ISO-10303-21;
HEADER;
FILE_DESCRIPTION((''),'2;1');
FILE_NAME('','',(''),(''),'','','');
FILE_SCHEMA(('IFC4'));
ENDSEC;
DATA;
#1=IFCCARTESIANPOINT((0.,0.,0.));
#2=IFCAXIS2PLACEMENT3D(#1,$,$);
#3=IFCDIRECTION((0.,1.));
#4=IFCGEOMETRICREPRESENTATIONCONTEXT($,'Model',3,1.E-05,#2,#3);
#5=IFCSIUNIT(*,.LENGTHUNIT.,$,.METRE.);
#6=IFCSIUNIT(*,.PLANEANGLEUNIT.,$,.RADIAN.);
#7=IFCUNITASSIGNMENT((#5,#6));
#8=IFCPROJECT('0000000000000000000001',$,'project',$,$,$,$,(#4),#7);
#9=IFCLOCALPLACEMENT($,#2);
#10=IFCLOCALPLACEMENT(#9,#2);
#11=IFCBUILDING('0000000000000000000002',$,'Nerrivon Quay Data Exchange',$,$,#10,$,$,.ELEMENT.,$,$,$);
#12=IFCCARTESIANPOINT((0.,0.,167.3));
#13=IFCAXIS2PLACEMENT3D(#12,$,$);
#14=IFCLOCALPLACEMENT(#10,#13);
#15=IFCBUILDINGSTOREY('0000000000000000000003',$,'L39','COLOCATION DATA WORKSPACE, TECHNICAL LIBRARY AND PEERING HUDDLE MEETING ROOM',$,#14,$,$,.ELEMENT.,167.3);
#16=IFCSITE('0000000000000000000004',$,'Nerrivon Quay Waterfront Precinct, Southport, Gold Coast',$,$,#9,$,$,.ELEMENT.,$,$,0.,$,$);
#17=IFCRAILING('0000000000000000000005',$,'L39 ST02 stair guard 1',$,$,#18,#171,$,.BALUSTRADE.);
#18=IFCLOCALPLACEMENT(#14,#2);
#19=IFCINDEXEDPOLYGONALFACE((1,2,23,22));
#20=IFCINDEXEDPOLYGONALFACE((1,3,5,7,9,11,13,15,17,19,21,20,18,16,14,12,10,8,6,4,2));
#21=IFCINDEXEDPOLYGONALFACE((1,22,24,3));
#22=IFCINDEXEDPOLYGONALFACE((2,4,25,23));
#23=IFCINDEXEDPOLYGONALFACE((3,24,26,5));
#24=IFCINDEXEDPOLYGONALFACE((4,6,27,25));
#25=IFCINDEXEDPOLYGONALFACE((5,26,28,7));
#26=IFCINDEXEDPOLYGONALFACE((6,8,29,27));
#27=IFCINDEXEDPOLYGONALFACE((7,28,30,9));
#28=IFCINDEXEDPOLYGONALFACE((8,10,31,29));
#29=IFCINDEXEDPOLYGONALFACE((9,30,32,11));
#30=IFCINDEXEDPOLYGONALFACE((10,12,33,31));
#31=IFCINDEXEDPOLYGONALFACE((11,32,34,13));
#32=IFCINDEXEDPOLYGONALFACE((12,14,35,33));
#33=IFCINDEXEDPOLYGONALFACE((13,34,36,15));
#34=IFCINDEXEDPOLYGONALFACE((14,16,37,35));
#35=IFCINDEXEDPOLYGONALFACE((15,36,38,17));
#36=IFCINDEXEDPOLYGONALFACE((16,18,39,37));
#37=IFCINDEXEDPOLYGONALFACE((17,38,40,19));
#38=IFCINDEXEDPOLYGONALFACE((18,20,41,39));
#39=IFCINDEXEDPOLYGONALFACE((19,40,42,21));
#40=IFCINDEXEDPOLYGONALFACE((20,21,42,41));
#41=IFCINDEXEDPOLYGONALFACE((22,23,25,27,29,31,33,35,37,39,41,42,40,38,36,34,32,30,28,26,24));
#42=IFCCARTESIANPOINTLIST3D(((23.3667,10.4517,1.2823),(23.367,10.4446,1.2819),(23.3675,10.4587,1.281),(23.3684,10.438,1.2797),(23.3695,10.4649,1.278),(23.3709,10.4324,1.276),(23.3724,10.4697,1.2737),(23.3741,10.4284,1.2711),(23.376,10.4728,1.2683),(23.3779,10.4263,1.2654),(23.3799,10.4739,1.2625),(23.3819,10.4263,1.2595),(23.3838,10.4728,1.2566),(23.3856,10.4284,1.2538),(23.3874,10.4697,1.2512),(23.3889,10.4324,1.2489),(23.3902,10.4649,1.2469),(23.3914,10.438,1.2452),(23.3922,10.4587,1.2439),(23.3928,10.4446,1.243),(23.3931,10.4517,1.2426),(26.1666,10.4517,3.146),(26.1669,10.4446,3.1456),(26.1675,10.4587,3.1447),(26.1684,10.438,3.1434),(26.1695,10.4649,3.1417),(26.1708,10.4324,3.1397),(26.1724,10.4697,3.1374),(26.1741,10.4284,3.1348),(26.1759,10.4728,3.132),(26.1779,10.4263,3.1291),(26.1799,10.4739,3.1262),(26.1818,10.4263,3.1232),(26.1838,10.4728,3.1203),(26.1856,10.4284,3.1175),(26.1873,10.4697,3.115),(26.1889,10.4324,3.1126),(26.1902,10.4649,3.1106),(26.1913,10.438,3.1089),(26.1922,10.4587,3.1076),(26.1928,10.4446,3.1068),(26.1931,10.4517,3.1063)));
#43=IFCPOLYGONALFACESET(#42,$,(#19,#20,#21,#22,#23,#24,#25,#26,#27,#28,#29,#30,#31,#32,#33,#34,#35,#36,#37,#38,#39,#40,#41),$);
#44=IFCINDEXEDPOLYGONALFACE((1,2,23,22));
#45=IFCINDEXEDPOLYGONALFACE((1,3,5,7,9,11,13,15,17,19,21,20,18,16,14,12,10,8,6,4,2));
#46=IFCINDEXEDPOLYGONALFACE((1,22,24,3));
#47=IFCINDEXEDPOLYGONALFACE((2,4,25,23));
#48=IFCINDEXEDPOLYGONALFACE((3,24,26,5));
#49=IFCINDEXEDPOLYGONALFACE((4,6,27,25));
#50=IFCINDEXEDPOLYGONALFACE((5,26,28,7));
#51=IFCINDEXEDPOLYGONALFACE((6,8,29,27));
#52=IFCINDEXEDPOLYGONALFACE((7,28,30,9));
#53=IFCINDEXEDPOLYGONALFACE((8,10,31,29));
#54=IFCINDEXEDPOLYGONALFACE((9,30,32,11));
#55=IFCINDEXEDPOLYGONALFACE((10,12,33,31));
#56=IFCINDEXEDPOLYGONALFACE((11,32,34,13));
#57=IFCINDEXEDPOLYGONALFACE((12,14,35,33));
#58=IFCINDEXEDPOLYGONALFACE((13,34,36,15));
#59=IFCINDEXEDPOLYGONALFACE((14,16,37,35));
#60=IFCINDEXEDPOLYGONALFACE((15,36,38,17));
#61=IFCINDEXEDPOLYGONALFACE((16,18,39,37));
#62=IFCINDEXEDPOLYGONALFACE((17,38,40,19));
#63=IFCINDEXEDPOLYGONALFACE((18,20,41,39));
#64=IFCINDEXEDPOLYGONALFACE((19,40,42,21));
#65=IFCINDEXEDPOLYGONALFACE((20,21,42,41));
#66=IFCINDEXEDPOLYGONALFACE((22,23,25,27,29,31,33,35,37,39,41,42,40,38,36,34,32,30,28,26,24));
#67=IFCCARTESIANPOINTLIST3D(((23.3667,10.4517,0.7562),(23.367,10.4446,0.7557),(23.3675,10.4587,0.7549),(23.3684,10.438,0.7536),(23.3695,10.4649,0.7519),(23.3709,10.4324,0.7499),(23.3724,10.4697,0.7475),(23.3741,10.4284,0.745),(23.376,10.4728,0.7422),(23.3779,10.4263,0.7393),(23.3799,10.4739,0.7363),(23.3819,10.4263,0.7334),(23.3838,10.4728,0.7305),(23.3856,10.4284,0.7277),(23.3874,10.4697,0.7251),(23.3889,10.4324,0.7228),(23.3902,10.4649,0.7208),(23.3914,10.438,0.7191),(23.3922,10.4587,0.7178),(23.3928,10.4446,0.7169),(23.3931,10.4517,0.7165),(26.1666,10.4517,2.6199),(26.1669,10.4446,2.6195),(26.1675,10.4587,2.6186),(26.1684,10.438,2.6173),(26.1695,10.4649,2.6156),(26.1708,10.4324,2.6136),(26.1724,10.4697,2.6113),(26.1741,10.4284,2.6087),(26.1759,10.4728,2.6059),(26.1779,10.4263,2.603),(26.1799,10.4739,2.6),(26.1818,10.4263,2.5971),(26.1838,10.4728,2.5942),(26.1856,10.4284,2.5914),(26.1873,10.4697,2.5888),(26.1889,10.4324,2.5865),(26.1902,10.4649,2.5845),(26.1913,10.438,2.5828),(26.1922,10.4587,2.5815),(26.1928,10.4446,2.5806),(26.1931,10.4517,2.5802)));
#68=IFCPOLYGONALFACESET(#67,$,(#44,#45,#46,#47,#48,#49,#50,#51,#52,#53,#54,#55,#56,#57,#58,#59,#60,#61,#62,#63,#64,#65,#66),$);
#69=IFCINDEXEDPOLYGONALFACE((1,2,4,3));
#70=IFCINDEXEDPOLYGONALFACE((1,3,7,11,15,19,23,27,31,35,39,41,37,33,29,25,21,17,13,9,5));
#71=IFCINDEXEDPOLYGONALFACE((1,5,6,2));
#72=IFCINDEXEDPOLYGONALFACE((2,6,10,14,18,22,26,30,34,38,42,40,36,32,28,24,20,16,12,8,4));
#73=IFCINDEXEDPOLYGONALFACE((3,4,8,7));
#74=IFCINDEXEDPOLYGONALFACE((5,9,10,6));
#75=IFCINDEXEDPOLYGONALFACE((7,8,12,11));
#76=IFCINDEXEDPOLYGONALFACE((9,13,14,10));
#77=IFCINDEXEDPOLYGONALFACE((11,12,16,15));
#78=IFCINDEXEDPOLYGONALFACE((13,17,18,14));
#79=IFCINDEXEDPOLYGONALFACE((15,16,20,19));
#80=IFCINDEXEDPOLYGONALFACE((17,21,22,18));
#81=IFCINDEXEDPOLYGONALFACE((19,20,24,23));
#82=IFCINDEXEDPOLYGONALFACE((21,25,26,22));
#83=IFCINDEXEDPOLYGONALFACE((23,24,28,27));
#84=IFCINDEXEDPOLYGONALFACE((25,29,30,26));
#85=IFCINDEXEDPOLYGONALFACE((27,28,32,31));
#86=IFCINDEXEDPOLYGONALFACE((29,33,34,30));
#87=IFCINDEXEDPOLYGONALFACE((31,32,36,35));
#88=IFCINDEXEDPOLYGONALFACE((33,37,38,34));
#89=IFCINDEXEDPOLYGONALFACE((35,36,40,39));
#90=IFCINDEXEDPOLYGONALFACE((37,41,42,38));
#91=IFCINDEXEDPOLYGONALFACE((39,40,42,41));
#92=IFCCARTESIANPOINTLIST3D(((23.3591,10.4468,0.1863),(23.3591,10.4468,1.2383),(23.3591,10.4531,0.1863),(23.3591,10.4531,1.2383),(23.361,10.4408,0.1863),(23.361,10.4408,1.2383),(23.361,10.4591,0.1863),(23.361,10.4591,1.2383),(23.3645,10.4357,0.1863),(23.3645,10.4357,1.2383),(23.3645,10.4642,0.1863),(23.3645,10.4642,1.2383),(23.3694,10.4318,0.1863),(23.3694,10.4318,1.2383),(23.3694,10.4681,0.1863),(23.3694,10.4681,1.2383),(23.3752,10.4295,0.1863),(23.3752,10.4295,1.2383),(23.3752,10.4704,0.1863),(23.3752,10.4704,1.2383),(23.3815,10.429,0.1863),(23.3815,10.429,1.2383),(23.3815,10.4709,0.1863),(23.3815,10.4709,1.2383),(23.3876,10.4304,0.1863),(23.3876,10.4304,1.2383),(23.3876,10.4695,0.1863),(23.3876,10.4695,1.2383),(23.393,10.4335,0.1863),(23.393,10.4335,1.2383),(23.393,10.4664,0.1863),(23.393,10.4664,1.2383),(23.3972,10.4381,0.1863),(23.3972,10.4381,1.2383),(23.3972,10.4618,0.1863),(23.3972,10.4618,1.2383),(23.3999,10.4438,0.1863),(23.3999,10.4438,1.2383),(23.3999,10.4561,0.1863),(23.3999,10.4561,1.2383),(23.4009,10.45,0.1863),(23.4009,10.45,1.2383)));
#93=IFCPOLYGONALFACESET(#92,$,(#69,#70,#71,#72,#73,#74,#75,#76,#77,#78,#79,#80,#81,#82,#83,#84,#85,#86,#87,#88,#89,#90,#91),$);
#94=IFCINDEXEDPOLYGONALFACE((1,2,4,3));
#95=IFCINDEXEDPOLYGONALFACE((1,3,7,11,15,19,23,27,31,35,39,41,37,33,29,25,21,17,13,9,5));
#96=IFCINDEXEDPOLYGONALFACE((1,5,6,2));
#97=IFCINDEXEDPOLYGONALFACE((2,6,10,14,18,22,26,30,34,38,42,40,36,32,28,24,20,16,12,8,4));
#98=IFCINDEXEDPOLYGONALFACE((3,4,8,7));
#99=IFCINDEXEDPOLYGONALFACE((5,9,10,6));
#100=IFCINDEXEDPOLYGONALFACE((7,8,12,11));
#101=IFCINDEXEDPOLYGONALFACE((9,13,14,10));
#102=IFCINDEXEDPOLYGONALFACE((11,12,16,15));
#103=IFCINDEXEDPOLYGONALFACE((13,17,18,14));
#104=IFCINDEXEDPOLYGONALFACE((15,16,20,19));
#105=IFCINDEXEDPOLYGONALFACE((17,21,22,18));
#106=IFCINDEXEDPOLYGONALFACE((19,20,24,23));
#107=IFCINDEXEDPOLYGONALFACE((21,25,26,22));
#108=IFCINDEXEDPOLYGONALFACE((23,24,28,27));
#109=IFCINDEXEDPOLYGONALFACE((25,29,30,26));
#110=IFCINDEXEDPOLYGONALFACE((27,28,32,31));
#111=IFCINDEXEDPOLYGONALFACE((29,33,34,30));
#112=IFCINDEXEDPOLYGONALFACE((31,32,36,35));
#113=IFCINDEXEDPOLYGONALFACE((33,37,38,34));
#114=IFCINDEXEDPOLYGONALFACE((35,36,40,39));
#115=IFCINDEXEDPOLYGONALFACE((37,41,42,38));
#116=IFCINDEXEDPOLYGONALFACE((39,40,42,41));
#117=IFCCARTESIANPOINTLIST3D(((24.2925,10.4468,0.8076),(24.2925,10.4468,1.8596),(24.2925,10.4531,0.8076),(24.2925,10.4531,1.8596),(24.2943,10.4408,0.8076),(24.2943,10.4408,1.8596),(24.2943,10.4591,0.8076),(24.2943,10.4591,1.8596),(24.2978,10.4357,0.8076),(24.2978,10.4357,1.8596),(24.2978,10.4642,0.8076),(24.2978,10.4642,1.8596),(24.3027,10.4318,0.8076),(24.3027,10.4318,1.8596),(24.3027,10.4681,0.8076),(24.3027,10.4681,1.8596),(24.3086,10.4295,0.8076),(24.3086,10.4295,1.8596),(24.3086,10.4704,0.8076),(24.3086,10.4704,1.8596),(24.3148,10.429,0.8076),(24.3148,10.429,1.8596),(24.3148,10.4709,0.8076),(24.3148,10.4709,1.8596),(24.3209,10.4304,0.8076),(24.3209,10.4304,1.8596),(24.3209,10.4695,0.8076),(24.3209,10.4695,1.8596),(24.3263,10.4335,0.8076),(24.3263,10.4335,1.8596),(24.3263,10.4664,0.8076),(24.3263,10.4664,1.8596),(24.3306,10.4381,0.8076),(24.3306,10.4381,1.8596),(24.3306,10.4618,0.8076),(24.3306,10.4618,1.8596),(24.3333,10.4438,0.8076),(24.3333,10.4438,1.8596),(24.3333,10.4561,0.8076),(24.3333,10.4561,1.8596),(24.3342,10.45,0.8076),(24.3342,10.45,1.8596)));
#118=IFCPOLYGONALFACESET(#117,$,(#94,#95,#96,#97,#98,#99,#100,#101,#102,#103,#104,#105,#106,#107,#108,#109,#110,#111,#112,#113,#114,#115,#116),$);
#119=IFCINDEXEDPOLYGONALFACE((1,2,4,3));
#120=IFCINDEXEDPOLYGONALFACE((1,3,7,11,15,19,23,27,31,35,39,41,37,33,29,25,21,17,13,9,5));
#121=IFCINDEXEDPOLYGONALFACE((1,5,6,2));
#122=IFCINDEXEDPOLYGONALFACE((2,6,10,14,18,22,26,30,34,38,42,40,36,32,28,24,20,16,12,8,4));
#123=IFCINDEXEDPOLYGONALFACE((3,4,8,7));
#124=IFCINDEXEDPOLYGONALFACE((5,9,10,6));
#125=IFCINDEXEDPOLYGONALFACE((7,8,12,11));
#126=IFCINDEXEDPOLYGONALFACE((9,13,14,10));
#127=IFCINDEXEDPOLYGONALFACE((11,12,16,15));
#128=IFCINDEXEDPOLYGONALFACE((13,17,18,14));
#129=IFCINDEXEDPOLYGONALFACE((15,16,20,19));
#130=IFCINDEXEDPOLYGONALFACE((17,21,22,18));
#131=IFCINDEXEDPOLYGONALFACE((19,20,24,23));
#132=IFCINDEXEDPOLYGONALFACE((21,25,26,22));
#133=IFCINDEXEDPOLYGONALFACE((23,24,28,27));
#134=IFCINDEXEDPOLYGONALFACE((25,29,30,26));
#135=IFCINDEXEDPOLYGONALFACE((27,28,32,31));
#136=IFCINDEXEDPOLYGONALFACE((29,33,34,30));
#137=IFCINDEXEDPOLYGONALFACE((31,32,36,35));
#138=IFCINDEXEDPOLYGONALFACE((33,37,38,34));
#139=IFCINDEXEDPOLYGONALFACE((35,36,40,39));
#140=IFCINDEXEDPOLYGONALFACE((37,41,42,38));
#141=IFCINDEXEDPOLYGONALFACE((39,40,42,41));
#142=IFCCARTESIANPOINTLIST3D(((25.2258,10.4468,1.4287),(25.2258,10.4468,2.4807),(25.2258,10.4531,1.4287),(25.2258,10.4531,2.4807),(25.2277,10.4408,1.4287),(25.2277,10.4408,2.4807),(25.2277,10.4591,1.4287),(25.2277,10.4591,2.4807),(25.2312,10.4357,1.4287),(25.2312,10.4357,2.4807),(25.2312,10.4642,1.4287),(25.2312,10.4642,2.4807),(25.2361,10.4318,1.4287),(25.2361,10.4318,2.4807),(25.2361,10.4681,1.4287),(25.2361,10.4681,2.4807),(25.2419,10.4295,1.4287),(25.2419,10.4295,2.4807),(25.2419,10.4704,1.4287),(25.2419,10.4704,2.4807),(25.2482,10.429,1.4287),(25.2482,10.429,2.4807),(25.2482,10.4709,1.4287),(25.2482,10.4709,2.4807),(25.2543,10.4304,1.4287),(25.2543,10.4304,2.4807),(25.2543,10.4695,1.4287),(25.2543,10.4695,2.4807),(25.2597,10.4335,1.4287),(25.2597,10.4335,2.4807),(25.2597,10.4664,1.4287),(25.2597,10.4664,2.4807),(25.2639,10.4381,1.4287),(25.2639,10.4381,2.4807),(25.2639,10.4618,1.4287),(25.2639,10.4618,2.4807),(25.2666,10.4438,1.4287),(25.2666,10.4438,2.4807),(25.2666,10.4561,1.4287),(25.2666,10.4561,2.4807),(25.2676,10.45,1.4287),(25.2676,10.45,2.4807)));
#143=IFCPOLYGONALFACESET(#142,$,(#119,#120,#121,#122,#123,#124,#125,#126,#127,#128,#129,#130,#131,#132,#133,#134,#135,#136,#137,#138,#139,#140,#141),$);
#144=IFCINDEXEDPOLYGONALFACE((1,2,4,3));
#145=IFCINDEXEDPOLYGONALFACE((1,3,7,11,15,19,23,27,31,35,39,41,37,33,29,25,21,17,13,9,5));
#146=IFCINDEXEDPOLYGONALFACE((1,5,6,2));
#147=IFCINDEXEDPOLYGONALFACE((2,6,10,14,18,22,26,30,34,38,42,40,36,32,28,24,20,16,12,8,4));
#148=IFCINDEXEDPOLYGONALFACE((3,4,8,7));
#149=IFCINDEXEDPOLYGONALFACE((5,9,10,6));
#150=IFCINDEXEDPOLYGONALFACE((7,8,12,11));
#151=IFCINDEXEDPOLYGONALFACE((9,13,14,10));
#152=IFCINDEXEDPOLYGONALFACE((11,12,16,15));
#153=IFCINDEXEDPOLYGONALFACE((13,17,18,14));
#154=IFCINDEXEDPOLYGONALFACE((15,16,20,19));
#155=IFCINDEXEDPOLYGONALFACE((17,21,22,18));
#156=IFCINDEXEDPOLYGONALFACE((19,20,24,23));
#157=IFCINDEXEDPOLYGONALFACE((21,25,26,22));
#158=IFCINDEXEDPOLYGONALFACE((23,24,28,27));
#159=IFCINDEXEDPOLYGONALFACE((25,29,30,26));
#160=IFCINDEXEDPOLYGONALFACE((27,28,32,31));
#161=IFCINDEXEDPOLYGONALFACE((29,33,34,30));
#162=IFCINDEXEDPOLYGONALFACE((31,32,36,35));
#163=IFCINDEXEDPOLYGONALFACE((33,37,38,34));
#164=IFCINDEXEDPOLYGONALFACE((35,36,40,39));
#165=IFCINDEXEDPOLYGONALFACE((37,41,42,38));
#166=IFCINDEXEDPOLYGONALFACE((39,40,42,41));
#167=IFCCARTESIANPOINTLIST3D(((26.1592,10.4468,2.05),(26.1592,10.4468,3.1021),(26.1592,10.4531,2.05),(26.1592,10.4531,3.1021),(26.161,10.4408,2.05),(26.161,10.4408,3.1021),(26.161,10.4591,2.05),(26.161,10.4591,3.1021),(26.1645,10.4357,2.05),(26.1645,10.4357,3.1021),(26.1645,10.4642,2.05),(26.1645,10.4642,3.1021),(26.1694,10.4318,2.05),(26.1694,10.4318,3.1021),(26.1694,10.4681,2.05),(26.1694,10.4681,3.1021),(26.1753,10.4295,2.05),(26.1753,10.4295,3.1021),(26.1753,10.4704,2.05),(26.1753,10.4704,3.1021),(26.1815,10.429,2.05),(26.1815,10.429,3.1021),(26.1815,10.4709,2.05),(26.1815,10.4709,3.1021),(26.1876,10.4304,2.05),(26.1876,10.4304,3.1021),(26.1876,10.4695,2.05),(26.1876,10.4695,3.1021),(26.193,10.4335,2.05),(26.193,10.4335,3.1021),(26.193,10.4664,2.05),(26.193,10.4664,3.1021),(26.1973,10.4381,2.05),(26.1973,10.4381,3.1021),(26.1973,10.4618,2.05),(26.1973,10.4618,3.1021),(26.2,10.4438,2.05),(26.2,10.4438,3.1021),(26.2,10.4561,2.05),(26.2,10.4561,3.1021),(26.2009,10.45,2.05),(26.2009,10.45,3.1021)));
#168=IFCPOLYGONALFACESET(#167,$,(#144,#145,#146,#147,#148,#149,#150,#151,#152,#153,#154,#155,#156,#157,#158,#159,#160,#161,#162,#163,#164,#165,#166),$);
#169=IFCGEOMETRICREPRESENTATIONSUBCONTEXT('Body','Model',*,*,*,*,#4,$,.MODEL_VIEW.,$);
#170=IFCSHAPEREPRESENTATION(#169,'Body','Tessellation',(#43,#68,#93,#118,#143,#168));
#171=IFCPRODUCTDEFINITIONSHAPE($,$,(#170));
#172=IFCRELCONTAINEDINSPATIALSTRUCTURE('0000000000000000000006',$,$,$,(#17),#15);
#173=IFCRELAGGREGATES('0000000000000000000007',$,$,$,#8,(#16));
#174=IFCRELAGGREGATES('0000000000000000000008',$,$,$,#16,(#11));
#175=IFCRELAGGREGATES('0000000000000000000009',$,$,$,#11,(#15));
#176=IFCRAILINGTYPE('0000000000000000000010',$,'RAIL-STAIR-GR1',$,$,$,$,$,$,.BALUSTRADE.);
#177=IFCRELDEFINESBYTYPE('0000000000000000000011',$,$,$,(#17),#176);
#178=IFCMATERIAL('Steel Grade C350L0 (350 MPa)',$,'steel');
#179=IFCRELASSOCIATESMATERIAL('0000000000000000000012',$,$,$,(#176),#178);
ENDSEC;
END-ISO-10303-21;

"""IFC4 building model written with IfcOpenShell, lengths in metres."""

from ifc_helpers import new_model, si_unit, direction, frame, origin, origin_2d, place, context, subcontext, project, spatial, circle, extrude, material, type_object, element, save


model = new_model("IFC4")

# Units and contexts
model_context = context("Model", 3, precision=1e-05, world=origin(), true_north=direction((0.0, 1.0)))
body_context = subcontext(model_context, "Body", "Model", "MODEL_VIEW")
ifc_project = project(units=[si_unit("LENGTHUNIT", "METRE"), si_unit("PLANEANGLEUNIT", "RADIAN")], contexts=[model_context])

# Site, building, storey
site_placement = place(None, origin())
site = spatial("IfcSite", under=ifc_project, at=site_placement, Name="Nerrivon Quay Waterfront Precinct, Southport, Gold Coast", CompositionType="ELEMENT", RefElevation=0.0)
building_placement = place(site_placement, origin())
building = spatial("IfcBuilding", under=site, at=building_placement, Name="Nerrivon Quay Data Exchange", CompositionType="ELEMENT")
storey_placement = place(building_placement, frame((0.0, 0.0, 167.3)))
storey = spatial("IfcBuildingStorey", under=building, at=storey_placement, Name="L39", Description="COLOCATION DATA WORKSPACE, TECHNICAL LIBRARY AND PEERING HUDDLE MEETING ROOM", CompositionType="ELEMENT", Elevation=167.3)

# Railing
ifc_material_1 = material(Name="Steel Grade C350L0 (350 MPa)", Category="steel")
railing_type_1 = type_object("IfcRailingType", Name="RAIL-STAIR-GR1", PredefinedType="BALUSTRADE", material=ifc_material_1)
railing_1_placement = place(storey_placement, frame((23.3799, 10.45, 0.1863)))
element("IfcRailing", 1, at=railing_1_placement, inside=storey, type_object=railing_type_1, Name="L39 ST02 stair guard 1", PredefinedType="BALUSTRADE", context=body_context, shape_type="SweptSolid", body=[
    extrude(circle(Radius=0.0239, at=origin_2d()), frame((0.0, 0.0, 1.0762), z_axis=(0.832452, 0.0, 0.554097), x_axis=(0.0, 1.0, 0.0)), (0.0, 0.0, 1.0), 3.3635),
    extrude(circle(Radius=0.0239, at=origin_2d()), frame((0.0, 0.0, 0.55), z_axis=(0.832452, 0.0, 0.554097), x_axis=(0.0, 1.0, 0.0)), (0.0, 0.0, 1.0), 3.3635),
    extrude(circle(Radius=0.021, at=origin_2d()), origin(), (0.0, 0.0, 1.0), 1.052),
    extrude(circle(Radius=0.021, at=origin_2d()), frame((0.9333, 0.0, 0.6213)), (0.0, 0.0, 1.0), 1.052),
    extrude(circle(Radius=0.021, at=origin_2d()), frame((1.8667, 0.0, 1.2424)), (0.0, 0.0, 1.0), 1.052),
    extrude(circle(Radius=0.021, at=origin_2d()), frame((2.8, 0.0, 1.8638)), (0.0, 0.0, 1.0), 1.052),
])

save(model, "model.ifc")
